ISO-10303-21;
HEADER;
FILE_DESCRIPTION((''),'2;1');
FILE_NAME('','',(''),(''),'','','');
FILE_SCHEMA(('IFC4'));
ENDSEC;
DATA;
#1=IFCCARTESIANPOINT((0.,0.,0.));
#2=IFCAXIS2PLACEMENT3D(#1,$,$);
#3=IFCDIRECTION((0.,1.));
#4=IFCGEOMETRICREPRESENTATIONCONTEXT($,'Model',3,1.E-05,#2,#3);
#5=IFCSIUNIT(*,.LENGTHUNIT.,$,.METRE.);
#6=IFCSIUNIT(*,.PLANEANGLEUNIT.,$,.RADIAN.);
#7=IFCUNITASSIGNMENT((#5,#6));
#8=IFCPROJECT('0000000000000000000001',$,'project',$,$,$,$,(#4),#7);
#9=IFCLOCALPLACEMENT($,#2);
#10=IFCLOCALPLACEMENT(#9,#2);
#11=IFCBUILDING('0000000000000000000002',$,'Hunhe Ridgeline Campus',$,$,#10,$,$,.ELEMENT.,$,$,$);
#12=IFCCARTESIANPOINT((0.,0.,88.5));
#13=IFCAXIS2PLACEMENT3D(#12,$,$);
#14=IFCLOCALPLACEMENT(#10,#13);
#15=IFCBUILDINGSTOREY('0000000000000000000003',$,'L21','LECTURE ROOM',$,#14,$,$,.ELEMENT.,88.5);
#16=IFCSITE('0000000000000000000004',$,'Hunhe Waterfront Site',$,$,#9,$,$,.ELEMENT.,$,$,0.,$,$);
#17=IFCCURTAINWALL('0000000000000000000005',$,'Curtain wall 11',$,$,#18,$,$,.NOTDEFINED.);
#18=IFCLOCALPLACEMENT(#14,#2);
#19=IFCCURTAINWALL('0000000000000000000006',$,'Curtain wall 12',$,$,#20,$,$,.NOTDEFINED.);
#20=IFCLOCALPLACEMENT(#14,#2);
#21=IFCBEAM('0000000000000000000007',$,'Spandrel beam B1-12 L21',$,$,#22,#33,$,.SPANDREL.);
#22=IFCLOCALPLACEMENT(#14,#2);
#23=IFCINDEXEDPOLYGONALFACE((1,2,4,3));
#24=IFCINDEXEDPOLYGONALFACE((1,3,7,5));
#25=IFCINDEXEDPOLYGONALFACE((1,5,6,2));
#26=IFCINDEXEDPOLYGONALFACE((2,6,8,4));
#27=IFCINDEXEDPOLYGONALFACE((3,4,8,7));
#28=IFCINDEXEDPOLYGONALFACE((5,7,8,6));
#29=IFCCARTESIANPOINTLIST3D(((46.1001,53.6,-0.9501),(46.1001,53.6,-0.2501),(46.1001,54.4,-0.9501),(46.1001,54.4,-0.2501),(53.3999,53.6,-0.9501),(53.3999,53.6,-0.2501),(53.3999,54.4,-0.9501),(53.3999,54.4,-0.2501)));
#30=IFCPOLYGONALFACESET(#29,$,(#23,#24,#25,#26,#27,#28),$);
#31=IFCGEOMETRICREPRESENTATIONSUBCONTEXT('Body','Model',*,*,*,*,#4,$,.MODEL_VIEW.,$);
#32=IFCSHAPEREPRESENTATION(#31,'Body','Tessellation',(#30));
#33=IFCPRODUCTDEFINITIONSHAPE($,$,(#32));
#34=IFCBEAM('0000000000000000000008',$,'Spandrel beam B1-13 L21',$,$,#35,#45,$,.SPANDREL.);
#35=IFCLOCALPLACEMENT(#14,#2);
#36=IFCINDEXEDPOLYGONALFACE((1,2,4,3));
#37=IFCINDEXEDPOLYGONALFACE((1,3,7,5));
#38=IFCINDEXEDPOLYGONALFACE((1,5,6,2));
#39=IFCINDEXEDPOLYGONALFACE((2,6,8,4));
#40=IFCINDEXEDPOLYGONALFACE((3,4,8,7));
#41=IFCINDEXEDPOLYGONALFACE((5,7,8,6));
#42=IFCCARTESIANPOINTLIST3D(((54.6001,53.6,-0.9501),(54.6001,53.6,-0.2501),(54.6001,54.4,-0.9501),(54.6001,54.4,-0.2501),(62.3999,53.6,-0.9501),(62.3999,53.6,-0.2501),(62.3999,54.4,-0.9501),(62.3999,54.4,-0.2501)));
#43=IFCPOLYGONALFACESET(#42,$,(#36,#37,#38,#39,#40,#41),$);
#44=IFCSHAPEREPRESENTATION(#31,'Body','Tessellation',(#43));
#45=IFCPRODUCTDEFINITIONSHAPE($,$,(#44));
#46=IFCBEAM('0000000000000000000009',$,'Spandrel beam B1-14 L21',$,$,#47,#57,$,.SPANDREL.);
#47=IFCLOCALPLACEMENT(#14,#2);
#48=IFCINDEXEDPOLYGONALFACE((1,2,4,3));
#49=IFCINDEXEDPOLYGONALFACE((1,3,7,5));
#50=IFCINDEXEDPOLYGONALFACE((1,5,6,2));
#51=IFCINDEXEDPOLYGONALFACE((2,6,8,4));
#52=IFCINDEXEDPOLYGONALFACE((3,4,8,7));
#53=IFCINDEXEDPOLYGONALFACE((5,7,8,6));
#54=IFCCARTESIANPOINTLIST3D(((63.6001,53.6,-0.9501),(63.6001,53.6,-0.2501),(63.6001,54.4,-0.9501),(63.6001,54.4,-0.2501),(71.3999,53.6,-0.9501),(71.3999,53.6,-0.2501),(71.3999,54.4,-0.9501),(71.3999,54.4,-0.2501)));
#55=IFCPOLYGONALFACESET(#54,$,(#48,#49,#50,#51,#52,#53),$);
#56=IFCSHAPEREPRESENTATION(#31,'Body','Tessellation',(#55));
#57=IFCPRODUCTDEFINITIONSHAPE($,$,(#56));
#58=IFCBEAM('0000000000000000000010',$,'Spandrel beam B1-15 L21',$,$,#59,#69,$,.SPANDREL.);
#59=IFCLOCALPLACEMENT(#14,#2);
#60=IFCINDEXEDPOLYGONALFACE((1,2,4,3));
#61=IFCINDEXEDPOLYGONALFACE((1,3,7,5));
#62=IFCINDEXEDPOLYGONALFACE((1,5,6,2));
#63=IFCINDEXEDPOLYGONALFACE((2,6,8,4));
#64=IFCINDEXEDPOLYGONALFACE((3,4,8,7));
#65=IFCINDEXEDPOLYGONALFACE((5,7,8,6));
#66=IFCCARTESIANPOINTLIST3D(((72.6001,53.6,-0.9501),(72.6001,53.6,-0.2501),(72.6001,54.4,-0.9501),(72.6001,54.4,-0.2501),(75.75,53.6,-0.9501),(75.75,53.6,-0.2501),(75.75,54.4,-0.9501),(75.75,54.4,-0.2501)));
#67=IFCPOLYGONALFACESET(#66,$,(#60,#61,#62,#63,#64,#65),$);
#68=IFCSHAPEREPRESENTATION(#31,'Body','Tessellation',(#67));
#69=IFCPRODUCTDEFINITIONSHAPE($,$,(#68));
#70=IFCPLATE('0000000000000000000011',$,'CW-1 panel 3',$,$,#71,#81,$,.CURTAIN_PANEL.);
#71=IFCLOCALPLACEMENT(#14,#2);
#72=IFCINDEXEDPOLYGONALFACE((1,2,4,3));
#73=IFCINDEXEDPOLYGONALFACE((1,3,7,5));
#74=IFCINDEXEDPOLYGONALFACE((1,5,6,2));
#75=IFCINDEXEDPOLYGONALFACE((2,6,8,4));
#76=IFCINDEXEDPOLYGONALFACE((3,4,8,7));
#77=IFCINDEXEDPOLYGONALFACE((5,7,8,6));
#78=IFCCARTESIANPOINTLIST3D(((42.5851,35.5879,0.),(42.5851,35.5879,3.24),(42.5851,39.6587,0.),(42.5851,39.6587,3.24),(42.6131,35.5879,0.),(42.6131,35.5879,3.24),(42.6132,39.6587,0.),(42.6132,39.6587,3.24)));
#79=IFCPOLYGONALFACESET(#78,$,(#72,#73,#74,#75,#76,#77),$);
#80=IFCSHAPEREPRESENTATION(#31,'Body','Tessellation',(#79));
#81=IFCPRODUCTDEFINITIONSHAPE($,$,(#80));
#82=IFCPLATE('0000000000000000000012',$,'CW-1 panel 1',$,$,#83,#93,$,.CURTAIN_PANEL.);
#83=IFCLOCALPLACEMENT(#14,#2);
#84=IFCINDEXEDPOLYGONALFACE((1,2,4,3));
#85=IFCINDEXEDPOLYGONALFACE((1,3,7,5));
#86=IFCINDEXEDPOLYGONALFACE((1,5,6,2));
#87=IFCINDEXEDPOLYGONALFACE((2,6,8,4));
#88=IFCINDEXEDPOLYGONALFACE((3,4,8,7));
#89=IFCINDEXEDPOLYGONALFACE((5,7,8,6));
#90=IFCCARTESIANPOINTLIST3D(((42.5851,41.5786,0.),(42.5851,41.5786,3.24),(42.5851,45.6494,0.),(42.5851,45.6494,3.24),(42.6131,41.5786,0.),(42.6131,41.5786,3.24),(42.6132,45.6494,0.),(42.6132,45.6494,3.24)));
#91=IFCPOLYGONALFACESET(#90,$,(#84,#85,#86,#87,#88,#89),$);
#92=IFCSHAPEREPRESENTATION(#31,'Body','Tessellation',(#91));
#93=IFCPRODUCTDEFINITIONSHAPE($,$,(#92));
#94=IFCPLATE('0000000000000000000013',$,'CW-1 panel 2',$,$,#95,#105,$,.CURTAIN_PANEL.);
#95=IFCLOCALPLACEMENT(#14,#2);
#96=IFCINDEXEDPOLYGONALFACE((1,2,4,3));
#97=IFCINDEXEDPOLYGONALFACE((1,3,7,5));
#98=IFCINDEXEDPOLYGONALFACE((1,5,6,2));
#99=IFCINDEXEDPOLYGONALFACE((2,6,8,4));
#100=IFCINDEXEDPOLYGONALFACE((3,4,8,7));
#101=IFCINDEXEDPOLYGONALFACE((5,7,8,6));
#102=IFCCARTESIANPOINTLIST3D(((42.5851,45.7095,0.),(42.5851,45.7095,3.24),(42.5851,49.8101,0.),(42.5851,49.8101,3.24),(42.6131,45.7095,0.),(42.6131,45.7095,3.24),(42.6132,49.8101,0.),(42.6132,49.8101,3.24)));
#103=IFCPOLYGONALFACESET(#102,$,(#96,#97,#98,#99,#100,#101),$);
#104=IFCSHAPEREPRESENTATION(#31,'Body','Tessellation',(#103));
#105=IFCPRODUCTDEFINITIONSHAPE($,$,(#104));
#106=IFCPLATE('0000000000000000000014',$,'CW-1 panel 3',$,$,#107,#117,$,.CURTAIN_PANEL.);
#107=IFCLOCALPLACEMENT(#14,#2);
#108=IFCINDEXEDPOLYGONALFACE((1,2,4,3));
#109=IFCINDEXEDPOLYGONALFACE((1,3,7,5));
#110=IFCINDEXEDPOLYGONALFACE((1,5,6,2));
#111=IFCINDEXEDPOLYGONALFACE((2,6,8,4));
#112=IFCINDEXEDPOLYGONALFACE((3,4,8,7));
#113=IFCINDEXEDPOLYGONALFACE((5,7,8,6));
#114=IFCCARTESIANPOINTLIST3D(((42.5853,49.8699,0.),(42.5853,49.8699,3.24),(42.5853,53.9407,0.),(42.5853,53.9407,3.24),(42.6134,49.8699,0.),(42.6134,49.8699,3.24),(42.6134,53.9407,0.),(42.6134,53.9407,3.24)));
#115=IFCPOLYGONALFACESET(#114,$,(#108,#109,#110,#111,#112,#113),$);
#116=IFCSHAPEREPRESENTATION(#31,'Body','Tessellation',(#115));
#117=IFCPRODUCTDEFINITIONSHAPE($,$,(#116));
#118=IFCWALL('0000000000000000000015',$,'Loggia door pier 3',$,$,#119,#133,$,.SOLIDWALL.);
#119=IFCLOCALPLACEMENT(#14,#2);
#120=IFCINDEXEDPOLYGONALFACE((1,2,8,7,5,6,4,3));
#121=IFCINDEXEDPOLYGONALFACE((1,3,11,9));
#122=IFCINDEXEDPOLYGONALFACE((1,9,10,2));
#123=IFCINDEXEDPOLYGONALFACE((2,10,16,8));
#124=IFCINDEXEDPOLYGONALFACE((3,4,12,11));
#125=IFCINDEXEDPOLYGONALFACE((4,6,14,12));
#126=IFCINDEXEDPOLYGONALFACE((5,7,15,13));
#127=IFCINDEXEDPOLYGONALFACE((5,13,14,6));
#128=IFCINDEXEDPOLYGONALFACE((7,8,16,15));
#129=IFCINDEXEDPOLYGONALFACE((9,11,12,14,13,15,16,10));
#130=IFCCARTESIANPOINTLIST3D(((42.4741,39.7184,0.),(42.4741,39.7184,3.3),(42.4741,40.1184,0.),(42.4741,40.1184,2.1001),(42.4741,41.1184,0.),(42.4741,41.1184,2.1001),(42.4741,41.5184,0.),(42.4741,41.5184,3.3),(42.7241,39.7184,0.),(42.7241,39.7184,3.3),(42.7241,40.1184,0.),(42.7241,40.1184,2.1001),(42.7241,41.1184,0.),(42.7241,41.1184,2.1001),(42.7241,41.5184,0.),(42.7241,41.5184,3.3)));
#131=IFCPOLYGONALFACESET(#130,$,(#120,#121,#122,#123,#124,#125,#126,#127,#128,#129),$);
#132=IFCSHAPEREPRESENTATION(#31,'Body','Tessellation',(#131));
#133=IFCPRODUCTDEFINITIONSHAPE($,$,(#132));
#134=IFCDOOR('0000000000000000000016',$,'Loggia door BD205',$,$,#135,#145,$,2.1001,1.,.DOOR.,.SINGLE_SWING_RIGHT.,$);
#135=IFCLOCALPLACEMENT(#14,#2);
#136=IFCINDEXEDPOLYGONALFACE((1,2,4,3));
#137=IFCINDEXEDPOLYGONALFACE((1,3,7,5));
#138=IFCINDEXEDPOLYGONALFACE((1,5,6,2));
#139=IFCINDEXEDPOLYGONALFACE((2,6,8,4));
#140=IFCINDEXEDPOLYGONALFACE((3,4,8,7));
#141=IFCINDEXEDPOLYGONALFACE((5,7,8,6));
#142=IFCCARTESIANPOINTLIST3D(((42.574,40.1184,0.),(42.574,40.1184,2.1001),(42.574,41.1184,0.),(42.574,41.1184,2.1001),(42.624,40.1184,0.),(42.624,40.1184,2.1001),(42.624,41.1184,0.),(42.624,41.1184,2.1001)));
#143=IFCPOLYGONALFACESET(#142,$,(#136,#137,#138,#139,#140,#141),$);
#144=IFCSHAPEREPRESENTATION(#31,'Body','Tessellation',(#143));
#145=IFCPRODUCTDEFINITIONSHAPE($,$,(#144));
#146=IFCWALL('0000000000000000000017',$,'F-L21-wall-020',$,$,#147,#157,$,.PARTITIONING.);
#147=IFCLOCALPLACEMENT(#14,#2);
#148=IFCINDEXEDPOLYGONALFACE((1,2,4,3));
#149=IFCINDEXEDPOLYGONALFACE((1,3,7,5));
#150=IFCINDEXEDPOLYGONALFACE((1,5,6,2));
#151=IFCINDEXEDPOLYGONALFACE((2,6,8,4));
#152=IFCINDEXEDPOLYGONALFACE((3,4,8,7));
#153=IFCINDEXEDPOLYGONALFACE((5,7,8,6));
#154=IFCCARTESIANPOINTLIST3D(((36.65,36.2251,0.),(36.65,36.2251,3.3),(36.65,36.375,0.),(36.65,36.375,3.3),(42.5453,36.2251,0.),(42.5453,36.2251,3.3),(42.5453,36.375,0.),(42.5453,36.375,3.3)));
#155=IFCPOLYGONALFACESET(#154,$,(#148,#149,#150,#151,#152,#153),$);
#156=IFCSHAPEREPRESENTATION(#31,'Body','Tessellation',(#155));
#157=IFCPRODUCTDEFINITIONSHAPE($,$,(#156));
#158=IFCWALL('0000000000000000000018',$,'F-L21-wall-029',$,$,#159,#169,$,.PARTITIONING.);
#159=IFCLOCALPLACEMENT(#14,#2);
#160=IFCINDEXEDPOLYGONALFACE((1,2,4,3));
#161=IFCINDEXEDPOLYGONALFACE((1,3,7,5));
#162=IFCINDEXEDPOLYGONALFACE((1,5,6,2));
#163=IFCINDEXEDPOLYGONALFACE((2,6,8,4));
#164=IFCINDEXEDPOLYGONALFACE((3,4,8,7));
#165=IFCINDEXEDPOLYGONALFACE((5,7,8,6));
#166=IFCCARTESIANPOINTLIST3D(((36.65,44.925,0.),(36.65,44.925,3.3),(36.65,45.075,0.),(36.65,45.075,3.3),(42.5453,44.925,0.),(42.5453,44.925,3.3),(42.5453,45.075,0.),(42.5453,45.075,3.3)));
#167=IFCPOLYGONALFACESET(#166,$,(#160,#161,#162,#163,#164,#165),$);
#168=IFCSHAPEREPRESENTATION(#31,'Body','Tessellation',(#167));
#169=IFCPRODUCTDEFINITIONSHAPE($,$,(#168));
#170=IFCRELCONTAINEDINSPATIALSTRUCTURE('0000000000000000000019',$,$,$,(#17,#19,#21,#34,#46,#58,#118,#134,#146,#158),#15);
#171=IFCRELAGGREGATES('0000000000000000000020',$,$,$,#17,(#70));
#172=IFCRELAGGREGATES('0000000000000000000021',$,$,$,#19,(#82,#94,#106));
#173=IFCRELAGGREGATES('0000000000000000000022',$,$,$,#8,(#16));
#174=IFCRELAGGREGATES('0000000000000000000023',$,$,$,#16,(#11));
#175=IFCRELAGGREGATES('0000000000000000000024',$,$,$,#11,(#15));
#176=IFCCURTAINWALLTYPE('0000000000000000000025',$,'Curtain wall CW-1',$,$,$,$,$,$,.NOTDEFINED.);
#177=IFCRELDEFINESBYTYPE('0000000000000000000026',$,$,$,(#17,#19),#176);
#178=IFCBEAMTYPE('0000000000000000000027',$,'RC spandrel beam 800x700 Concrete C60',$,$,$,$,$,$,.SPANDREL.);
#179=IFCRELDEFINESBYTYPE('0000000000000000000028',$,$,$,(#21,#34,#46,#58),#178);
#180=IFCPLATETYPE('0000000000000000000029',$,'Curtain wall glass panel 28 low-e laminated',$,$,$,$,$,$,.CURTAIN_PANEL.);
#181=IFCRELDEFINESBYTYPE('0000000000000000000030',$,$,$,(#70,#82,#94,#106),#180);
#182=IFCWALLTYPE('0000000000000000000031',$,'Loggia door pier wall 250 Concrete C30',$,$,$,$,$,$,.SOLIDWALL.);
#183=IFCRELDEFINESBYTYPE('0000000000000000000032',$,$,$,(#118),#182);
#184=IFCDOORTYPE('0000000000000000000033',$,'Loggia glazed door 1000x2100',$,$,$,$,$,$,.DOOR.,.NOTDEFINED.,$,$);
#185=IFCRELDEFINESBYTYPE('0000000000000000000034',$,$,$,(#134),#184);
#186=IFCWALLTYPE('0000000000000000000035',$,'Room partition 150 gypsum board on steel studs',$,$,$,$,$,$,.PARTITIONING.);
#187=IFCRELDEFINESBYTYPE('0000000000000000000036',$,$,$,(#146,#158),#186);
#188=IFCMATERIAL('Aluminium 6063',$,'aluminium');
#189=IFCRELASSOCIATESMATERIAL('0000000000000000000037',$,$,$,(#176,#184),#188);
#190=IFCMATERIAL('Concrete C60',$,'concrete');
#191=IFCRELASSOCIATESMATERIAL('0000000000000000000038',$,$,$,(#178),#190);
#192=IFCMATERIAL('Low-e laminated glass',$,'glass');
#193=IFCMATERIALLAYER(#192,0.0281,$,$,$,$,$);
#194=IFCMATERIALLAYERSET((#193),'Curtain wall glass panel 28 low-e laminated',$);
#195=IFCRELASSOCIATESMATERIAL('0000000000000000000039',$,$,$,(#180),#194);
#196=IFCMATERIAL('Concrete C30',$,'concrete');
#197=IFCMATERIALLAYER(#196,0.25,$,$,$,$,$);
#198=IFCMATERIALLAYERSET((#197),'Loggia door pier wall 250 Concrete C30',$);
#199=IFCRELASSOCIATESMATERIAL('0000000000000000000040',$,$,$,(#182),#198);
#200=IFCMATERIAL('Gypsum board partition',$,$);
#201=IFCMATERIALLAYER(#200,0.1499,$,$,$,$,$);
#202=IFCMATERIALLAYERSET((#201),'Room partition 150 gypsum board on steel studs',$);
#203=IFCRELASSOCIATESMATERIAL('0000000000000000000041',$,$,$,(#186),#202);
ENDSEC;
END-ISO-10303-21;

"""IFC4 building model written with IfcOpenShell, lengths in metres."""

from ifc_helpers import new_model, si_unit, direction, frame, frame_2d, origin, origin_2d, place, context, subcontext, project, spatial, rectangle, extrude, material, layer, layer_set, material_profile, profile_set, type_object, element, fill, aggregate, save


model = new_model("IFC4")

# Units and contexts
model_context = context("Model", 3, precision=1e-05, world=origin(), true_north=direction((0.0, 1.0)))
body_context = subcontext(model_context, "Body", "Model", "MODEL_VIEW")
ifc_project = project(units=[si_unit("LENGTHUNIT", "METRE"), si_unit("PLANEANGLEUNIT", "RADIAN")], contexts=[model_context])

# Site, building, storey
site_placement = place(None, origin())
site = spatial("IfcSite", under=ifc_project, at=site_placement, Name="Hunhe Waterfront Site", CompositionType="ELEMENT", RefElevation=0.0)
building_placement = place(site_placement, origin())
building = spatial("IfcBuilding", under=site, at=building_placement, Name="Hunhe Ridgeline Campus", CompositionType="ELEMENT")
storey_placement = place(building_placement, frame((0.0, 0.0, 88.5)))
storey = spatial("IfcBuildingStorey", under=building, at=storey_placement, Name="L21", Description="LECTURE ROOM", CompositionType="ELEMENT", Elevation=88.5)

# Curtain wall
ifc_material_1 = material(Name="Aluminium 6063", Category="aluminium")
curtain_wall_type = type_object("IfcCurtainWallType", Name="Curtain wall CW-1", PredefinedType="NOTDEFINED", material=ifc_material_1)
curtain_wall_1_placement = place(storey_placement, origin())
curtain_wall_1 = element("IfcCurtainWall", 1, at=curtain_wall_1_placement, inside=storey, type_object=curtain_wall_type, Name="Curtain wall 11", PredefinedType="NOTDEFINED")

# Curtain wall
curtain_wall_2_placement = place(storey_placement, origin())
curtain_wall_2 = element("IfcCurtainWall", 2, at=curtain_wall_2_placement, inside=storey, type_object=curtain_wall_type, Name="Curtain wall 12", PredefinedType="NOTDEFINED")

# Beams
ifc_material_2 = material(Name="Concrete C60", Category="concrete")
ifc_material_profile_1 = material_profile(ifc_material_2, rectangle(XDim=0.8, YDim=0.7, at=origin_2d()))
ifc_profile_set_1 = profile_set([ifc_material_profile_1], Name="Concrete C60")
beam_type = type_object("IfcBeamType", Name="RC spandrel beam 800x700 Concrete C60", PredefinedType="SPANDREL", material=ifc_profile_set_1)
beam_1_placement = place(storey_placement, frame((46.1001, 54.0, -0.6001), z_axis=(1.0, 0.0, 0.0), x_axis=(0.0, 1.0, 0.0)))
element("IfcBeam", 3, at=beam_1_placement, inside=storey, type_object=beam_type, Name="Spandrel beam B1-12 L21", PredefinedType="SPANDREL", context=body_context, shape_type="SweptSolid", body=[
    extrude(rectangle(XDim=0.8, YDim=0.7, at=origin_2d()), origin(), (0.0, 0.0, 1.0), 7.2998),
])
for number, where, z_axis, x_axis, name in (
    (4, (54.6001, 54.0, -0.6001), (1.0, 0.0, 0.0), (0.0, 1.0, 0.0), "Spandrel beam B1-13 L21"),
    (5, (63.6001, 54.0, -0.6001), (1.0, 0.0, 0.0), (0.0, 1.0, 0.0), "Spandrel beam B1-14 L21"),
):
    element("IfcBeam", number, at=place(storey_placement, frame(where, z_axis=z_axis, x_axis=x_axis)), inside=storey, type_object=beam_type, Name=name, PredefinedType="SPANDREL", context=body_context, shape_type="SweptSolid", body=[
        extrude(rectangle(XDim=0.8, YDim=0.7, at=origin_2d()), origin(), (0.0, 0.0, 1.0), 7.7998),
    ])
beam_2_placement = place(storey_placement, frame((72.6001, 54.0, -0.6001), z_axis=(1.0, 0.0, 0.0), x_axis=(0.0, 1.0, 0.0)))
element("IfcBeam", 6, at=beam_2_placement, inside=storey, type_object=beam_type, Name="Spandrel beam B1-15 L21", PredefinedType="SPANDREL", context=body_context, shape_type="SweptSolid", body=[
    extrude(rectangle(XDim=0.8, YDim=0.7, at=origin_2d()), origin(), (0.0, 0.0, 1.0), 3.1499),
])

# Plates
ifc_material_3 = material(Name="Low-e laminated glass", Category="glass")
ifc_layer_1 = layer(ifc_material_3, 0.0281)
ifc_layer_set_1 = layer_set([ifc_layer_1], Name="Curtain wall glass panel 28 low-e laminated")
plate_type = type_object("IfcPlateType", Name="Curtain wall glass panel 28 low-e laminated", PredefinedType="CURTAIN_PANEL", material=ifc_layer_set_1)
plate_1_placement = place(storey_placement, frame((42.5991, 37.6233, 0.0), z_axis=(0.0, 0.0, 1.0), x_axis=(0.000011, 1.0, 0.0)))
plate_1 = element("IfcPlate", 7, at=plate_1_placement, type_object=plate_type, Name="CW-1 panel 3", PredefinedType="CURTAIN_PANEL", context=body_context, shape_type="SweptSolid", body=[
    extrude(rectangle(XDim=4.0708, YDim=0.0281, at=origin_2d()), origin(), (0.0, 0.0, 1.0), 3.24),
])
aggregate(curtain_wall_1, [plate_1])
plate_2_placement = place(storey_placement, frame((42.5991, 43.614, 0.0), z_axis=(0.0, 0.0, 1.0), x_axis=(0.000011, 1.0, 0.0)))
plate_2 = element("IfcPlate", 8, at=plate_2_placement, type_object=plate_type, Name="CW-1 panel 1", PredefinedType="CURTAIN_PANEL", context=body_context, shape_type="SweptSolid", body=[
    extrude(rectangle(XDim=4.0708, YDim=0.0281, at=origin_2d()), origin(), (0.0, 0.0, 1.0), 3.24),
])
plate_3_placement = place(storey_placement, frame((42.5991, 47.7598, 0.0), z_axis=(0.0, 0.0, 1.0), x_axis=(0.000011, 1.0, 0.0)))
plate_3 = element("IfcPlate", 9, at=plate_3_placement, type_object=plate_type, Name="CW-1 panel 2", PredefinedType="CURTAIN_PANEL", context=body_context, shape_type="SweptSolid", body=[
    extrude(rectangle(XDim=4.1006, YDim=0.0281, at=origin_2d()), origin(), (0.0, 0.0, 1.0), 3.24),
])
plate_4_placement = place(storey_placement, frame((42.5994, 51.9053, 0.0), z_axis=(0.0, 0.0, 1.0), x_axis=(0.000011, 1.0, 0.0)))
plate_4 = element("IfcPlate", 10, at=plate_4_placement, type_object=plate_type, Name="CW-1 panel 3", PredefinedType="CURTAIN_PANEL", context=body_context, shape_type="SweptSolid", body=[
    extrude(rectangle(XDim=4.0708, YDim=0.0281, at=origin_2d()), origin(), (0.0, 0.0, 1.0), 3.24),
])
aggregate(curtain_wall_2, [plate_2, plate_3, plate_4])

# Wall, opening, door
ifc_material_4 = material(Name="Concrete C30", Category="concrete")
ifc_layer_2 = layer(ifc_material_4, 0.25)
ifc_layer_set_2 = layer_set([ifc_layer_2], Name="Loggia door pier wall 250 Concrete C30")
wall_type_1 = type_object("IfcWallType", Name="Loggia door pier wall 250 Concrete C30", PredefinedType="SOLIDWALL", material=ifc_layer_set_2)
wall_placement = place(storey_placement, frame((42.5991, 39.7185, 0.0), z_axis=(0.0, 0.0, 1.0), x_axis=(0.0, 1.0, 0.0)))
wall = element("IfcWall", 11, at=wall_placement, inside=storey, type_object=wall_type_1, Name="Loggia door pier 3", PredefinedType="SOLIDWALL", context=body_context, shape_type="SweptSolid", body=[
    extrude(rectangle(XDim=1.8, YDim=0.25, at=frame_2d((0.8999, 0.0))), origin(), (0.0, 0.0, 1.0), 3.3),
])
opening_placement = place(wall_placement, frame((0.3999, 0.0, 0.0)))
opening = element("IfcOpeningElement", 12, at=opening_placement, cuts=wall, PredefinedType="OPENING", context=body_context, shape_type="SweptSolid", body=[
    extrude(rectangle(XDim=1.0, YDim=2.1001, at=frame_2d((0.5, 1.05))), frame((0.0, 0.125, 0.0), z_axis=(0.0, -1.0, 0.0), x_axis=(1.0, 0.0, 0.0)), (0.0, 0.0, 1.0), 0.25),
])
door_type = type_object("IfcDoorType", Name="Loggia glazed door 1000x2100", OperationType="NOTDEFINED", PredefinedType="DOOR", material=ifc_material_1)
door_placement = place(opening_placement, frame((1.0, 0.0, 0.0), z_axis=(0.0, 0.0, 1.0), x_axis=(-1.0, 0.0, 0.0)))
door = element("IfcDoor", 13, at=door_placement, inside=storey, type_object=door_type, Name="Loggia door BD205", OperationType="SINGLE_SWING_RIGHT", OverallHeight=2.1001, OverallWidth=1.0, PredefinedType="DOOR", context=body_context, shape_type="SweptSolid", body=[
    extrude(rectangle(XDim=1.0, YDim=2.1001, at=frame_2d((0.5, 1.05))), frame((0.0, 0.0249, 0.0), z_axis=(0.0, -1.0, 0.0), x_axis=(1.0, 0.0, 0.0)), (0.0, 0.0, 1.0), 0.05),
])
fill(opening, door)

# Walls
ifc_material_5 = material(Name="Gypsum board partition")
ifc_layer_3 = layer(ifc_material_5, 0.1499)
ifc_layer_set_3 = layer_set([ifc_layer_3], Name="Room partition 150 gypsum board on steel studs")
wall_type_2 = type_object("IfcWallType", Name="Room partition 150 gypsum board on steel studs", PredefinedType="PARTITIONING", material=ifc_layer_set_3)
for number, where, z_axis, x_axis, name in (
    (14, (36.6499, 36.3, 0.0), (0.0, 0.0, 1.0), (1.0, 0.0, 0.0), "F-L21-wall-020"),
    (15, (36.6499, 45.0, 0.0), (0.0, 0.0, 1.0), (1.0, 0.0, 0.0), "F-L21-wall-029"),
):
    element("IfcWall", number, at=place(storey_placement, frame(where, z_axis=z_axis, x_axis=x_axis)), inside=storey, type_object=wall_type_2, Name=name, PredefinedType="PARTITIONING", context=body_context, shape_type="SweptSolid", body=[
        extrude(rectangle(XDim=5.8953, YDim=0.1499, at=frame_2d((2.9478, 0.0))), origin(), (0.0, 0.0, 1.0), 3.3),
    ])

save(model, "model.ifc")
